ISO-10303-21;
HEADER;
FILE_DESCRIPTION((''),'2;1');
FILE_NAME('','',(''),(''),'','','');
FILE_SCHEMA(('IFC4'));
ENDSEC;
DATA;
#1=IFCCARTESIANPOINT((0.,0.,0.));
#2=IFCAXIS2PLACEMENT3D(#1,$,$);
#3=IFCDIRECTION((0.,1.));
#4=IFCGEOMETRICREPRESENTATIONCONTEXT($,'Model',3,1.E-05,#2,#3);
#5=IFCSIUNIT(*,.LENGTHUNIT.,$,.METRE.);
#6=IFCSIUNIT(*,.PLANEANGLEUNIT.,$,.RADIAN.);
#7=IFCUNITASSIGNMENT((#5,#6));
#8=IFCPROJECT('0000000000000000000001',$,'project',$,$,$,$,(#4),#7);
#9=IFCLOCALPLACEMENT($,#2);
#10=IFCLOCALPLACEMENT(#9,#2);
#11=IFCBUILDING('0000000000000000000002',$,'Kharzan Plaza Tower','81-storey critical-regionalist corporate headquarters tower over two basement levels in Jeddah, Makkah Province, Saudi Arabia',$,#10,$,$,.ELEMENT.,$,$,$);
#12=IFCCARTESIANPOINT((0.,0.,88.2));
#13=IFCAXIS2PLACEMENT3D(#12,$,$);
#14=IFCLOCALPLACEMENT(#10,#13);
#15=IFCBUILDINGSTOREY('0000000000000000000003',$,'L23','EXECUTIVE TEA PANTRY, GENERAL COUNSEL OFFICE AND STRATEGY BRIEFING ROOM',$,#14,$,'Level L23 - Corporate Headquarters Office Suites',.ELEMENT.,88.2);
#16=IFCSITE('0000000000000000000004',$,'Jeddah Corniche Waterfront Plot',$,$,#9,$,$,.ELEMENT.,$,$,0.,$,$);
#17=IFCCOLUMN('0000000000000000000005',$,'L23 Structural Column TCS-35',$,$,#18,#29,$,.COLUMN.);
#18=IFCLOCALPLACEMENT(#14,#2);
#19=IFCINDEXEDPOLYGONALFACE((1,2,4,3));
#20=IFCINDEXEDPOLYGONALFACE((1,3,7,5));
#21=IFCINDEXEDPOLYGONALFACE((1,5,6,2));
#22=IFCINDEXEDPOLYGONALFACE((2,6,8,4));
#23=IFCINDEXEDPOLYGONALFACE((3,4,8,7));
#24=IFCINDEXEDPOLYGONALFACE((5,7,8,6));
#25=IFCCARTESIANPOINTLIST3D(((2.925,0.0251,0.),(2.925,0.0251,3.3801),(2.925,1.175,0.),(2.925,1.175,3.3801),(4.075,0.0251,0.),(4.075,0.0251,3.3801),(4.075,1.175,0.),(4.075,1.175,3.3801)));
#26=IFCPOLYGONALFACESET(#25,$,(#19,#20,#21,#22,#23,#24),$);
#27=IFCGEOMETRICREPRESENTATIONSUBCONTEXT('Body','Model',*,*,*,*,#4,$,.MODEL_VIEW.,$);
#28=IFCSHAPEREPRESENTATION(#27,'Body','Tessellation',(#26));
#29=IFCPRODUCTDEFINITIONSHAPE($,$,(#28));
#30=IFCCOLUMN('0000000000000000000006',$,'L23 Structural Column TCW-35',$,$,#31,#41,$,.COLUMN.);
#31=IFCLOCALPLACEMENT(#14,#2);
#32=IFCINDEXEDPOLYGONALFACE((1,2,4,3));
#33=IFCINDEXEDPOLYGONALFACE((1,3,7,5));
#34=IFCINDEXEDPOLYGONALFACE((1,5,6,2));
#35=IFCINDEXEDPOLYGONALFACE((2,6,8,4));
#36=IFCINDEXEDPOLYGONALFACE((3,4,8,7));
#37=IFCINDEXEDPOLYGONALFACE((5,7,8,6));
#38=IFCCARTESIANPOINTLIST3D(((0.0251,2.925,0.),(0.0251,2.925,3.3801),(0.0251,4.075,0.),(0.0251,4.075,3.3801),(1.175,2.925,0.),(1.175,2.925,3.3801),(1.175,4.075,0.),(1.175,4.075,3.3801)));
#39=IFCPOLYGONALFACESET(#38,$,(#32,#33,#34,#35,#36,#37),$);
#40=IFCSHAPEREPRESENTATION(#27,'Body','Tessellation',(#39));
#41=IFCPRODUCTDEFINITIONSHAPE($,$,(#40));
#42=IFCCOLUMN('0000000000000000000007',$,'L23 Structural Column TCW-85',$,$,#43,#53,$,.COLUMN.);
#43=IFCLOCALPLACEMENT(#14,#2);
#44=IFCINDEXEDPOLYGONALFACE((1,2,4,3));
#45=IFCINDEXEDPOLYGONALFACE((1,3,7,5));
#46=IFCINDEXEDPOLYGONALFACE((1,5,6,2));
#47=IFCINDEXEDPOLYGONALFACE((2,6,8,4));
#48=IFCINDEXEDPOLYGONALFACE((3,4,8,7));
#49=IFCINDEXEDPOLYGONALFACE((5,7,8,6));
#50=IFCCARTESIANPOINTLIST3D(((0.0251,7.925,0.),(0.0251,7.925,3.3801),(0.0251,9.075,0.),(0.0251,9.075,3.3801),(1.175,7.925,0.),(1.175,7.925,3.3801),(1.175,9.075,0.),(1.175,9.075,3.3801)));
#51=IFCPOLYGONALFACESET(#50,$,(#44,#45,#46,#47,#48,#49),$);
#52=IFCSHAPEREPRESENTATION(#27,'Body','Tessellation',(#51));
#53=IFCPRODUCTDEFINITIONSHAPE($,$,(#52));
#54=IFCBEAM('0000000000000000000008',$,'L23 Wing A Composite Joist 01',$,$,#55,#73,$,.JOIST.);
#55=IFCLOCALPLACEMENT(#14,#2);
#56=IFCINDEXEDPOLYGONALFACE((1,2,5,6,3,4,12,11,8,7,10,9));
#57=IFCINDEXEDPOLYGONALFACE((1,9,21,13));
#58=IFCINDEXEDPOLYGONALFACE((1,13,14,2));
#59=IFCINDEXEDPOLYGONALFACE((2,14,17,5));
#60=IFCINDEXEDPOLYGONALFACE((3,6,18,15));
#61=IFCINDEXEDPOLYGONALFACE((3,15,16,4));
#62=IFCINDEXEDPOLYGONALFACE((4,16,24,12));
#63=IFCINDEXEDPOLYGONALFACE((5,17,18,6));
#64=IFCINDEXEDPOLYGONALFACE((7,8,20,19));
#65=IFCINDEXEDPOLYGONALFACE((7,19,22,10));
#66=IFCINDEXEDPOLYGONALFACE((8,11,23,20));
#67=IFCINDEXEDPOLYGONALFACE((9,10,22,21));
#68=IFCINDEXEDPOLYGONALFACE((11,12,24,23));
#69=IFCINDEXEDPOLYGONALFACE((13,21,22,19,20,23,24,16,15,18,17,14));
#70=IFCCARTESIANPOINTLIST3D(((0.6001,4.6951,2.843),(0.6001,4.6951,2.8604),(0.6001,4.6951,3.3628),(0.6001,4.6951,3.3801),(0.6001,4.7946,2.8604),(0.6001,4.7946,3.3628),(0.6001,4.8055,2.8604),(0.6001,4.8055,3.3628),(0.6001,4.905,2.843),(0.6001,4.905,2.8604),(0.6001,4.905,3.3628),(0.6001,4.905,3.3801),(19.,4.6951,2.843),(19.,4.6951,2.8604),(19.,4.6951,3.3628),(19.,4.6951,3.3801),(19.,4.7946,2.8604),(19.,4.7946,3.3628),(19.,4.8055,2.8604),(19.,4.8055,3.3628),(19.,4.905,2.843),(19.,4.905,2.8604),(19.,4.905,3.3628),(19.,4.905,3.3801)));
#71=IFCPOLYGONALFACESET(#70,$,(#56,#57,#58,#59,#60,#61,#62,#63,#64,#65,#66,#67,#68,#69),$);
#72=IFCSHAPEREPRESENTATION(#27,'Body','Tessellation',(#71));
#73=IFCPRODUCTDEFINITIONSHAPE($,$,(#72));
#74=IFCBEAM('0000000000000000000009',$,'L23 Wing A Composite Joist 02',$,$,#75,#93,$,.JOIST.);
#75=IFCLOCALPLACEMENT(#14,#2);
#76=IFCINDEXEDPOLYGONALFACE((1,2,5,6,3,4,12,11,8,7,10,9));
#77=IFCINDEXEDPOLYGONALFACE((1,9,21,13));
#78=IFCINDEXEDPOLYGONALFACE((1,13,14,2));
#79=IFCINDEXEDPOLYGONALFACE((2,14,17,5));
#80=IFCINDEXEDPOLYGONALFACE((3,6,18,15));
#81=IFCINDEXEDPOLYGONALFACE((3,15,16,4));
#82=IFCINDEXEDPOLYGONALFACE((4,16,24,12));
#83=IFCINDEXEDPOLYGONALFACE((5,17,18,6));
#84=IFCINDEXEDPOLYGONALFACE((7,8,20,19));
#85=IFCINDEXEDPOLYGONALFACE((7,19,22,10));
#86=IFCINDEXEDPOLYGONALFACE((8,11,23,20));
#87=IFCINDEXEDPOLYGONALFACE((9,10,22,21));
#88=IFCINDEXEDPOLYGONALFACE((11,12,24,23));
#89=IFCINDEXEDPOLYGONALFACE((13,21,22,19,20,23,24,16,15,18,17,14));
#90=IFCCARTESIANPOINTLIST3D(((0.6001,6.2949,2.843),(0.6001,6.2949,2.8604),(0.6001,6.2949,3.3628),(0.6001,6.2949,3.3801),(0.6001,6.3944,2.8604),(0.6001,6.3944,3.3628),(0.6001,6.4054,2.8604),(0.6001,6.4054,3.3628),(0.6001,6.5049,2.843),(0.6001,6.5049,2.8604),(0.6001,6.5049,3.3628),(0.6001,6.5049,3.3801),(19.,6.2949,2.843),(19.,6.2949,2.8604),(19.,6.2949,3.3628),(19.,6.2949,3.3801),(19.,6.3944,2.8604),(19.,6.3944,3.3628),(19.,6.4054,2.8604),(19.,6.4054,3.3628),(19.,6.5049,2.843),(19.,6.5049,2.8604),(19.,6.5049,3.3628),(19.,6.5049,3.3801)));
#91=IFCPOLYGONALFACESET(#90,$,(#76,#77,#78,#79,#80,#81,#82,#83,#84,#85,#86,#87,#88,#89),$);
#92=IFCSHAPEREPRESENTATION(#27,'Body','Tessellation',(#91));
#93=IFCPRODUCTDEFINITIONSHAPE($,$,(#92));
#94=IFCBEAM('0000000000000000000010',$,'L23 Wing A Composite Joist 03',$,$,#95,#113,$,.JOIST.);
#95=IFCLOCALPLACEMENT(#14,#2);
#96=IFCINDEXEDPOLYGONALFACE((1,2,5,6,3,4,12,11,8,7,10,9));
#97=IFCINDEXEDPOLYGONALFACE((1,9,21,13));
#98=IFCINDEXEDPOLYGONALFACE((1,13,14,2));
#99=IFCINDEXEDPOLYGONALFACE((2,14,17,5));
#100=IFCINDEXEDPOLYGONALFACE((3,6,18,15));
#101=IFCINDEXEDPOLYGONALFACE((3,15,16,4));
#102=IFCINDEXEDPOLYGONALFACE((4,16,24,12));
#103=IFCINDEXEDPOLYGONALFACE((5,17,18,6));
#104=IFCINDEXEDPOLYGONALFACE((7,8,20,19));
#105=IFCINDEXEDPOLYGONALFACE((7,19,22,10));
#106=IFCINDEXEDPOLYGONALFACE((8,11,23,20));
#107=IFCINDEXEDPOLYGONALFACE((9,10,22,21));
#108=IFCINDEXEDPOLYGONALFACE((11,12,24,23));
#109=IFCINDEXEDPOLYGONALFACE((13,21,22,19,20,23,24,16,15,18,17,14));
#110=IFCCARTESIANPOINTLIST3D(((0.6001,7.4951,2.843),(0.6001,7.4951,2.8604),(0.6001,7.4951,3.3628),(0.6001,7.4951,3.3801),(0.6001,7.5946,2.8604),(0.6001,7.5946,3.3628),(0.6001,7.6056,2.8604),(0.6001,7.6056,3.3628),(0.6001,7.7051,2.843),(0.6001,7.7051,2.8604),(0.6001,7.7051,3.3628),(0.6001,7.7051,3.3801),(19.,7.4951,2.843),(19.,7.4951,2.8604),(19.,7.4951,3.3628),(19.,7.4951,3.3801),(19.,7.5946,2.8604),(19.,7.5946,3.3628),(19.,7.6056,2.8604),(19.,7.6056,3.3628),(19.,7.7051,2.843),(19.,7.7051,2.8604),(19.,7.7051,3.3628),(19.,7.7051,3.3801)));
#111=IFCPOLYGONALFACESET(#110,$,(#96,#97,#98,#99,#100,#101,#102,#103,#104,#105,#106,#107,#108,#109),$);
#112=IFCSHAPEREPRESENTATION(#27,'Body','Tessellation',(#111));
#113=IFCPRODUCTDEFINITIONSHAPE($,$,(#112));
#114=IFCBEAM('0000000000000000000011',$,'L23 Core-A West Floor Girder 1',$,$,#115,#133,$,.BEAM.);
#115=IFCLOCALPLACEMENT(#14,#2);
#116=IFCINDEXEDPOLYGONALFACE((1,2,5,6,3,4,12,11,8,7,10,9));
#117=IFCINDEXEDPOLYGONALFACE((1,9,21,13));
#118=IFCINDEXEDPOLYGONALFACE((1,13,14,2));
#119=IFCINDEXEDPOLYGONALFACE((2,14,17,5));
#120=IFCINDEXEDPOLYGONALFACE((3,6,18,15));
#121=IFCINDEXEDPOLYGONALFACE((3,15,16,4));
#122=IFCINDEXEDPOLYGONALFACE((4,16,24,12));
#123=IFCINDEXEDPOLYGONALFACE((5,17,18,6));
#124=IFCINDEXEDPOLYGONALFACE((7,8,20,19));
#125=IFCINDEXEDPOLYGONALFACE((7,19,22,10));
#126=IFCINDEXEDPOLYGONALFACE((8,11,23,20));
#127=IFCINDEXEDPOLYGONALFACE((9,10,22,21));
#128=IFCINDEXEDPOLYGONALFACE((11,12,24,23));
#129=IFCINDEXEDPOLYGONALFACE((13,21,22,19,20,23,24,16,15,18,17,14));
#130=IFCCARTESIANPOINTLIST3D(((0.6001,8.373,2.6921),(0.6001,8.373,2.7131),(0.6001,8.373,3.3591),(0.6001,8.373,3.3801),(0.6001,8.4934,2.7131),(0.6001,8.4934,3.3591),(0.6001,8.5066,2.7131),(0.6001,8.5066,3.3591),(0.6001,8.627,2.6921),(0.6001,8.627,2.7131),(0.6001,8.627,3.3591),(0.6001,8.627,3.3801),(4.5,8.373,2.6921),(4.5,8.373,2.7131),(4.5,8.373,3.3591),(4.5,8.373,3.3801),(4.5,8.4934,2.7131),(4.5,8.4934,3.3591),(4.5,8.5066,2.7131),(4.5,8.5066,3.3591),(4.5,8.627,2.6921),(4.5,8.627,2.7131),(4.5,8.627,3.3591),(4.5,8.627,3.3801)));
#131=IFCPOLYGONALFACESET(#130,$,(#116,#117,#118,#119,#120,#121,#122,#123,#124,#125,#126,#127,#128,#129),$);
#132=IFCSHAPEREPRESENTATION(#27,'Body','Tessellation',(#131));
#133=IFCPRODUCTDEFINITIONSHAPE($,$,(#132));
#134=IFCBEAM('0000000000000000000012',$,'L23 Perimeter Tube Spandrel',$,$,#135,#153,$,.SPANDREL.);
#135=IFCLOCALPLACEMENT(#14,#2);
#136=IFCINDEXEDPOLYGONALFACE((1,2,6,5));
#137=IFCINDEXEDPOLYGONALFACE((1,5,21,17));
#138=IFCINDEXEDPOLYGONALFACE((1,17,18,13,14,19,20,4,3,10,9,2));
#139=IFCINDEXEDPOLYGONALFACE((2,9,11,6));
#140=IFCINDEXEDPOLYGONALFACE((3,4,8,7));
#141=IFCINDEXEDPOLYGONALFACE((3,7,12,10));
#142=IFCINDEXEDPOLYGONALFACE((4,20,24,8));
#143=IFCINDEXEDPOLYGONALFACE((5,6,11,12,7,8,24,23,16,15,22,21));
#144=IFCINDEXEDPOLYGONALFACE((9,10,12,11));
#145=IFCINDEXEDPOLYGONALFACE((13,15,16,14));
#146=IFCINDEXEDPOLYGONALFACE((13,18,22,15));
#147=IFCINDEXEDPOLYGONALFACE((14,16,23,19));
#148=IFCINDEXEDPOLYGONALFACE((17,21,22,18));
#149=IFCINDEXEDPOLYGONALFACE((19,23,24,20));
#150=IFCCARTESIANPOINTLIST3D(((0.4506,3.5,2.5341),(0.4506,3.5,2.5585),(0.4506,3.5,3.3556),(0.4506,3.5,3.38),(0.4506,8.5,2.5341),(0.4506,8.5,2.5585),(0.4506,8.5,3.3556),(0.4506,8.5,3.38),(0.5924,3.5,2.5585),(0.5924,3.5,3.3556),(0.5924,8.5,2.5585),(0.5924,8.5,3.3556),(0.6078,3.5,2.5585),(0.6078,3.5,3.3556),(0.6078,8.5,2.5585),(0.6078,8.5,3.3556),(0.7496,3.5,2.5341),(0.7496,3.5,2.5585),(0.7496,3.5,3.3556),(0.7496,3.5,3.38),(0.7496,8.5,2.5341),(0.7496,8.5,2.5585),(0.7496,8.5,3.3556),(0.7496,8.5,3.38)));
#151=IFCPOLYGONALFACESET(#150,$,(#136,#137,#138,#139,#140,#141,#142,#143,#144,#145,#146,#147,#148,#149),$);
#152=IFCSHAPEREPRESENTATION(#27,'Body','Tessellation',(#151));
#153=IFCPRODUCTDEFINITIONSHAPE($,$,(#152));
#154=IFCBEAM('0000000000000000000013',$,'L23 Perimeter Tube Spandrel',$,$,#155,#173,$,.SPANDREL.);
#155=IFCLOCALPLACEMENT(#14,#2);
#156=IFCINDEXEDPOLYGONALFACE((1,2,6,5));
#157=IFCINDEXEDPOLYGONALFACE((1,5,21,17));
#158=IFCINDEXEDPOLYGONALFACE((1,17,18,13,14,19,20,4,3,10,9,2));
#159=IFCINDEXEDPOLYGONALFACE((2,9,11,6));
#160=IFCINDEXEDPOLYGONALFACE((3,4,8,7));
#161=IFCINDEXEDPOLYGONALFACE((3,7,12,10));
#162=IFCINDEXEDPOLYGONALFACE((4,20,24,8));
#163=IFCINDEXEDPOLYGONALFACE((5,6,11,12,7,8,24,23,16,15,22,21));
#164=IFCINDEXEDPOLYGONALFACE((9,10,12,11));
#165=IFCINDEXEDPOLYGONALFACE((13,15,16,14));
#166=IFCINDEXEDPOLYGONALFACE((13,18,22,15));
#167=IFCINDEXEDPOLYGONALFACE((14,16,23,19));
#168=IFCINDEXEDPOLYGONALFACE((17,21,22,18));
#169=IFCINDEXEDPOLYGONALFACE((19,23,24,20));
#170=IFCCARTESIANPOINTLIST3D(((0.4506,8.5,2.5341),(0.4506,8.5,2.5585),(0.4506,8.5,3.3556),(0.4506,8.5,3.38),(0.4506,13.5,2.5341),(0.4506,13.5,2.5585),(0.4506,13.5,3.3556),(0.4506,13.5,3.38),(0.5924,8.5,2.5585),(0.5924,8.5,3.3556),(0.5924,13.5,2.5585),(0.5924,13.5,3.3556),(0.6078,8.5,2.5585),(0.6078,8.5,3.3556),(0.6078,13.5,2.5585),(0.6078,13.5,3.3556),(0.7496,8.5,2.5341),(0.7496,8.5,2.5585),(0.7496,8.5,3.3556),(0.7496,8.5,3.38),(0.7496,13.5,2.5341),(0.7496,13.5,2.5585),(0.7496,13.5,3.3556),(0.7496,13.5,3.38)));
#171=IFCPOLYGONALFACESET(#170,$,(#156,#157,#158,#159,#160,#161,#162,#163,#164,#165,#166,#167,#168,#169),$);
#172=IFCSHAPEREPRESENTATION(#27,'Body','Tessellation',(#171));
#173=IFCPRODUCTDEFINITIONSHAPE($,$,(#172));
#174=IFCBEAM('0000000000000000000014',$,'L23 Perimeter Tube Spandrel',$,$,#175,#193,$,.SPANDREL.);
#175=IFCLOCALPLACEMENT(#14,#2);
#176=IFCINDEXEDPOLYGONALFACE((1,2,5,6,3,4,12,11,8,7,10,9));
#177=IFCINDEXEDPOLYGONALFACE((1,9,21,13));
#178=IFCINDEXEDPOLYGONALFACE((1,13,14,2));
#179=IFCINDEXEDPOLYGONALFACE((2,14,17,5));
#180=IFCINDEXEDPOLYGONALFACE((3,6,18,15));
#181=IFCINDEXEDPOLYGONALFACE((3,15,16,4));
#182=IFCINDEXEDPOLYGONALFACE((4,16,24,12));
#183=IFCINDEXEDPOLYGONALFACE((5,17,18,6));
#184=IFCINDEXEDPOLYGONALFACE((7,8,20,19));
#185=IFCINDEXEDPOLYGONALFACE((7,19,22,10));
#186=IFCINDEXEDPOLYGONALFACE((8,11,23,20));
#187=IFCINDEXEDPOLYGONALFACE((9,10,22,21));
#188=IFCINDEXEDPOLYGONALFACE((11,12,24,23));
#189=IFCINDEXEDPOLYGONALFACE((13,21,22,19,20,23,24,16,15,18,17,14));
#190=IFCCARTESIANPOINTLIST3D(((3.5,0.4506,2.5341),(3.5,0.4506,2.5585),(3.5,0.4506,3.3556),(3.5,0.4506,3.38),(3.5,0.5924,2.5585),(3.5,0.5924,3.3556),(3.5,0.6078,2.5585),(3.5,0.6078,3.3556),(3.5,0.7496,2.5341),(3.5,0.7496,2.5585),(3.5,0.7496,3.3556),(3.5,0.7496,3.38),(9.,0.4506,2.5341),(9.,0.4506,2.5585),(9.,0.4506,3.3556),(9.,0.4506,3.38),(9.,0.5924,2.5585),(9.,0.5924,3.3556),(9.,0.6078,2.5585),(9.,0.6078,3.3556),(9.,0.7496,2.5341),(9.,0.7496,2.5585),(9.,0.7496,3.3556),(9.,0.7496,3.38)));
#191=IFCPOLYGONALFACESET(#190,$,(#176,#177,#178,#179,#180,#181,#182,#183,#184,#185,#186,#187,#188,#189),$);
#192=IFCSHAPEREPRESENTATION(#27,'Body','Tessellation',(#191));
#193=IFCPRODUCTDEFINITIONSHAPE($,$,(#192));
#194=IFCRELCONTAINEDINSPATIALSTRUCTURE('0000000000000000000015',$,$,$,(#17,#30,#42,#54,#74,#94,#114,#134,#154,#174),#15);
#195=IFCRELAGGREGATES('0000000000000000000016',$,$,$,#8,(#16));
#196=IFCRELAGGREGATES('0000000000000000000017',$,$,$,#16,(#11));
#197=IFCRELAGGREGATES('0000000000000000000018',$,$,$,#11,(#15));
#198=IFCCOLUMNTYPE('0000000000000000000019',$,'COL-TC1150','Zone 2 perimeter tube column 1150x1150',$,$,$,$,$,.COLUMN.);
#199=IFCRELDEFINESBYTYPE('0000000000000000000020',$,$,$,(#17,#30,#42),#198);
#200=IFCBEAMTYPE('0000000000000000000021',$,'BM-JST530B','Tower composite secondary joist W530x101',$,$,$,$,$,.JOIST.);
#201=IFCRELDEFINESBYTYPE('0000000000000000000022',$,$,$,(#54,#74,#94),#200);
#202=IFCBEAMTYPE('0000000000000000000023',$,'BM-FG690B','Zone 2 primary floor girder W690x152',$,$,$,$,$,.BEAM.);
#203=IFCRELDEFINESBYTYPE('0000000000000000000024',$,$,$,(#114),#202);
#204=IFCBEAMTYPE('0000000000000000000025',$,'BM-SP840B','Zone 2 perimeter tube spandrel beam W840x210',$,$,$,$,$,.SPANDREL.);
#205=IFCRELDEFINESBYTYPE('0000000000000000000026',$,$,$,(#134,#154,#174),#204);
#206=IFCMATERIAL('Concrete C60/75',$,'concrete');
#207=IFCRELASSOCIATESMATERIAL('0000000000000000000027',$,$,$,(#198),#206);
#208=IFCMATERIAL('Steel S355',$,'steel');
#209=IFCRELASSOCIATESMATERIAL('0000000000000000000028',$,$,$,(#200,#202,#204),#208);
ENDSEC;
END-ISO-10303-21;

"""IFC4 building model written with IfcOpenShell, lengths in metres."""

from ifc_helpers import new_model, si_unit, direction, frame, origin, origin_2d, place, context, subcontext, project, spatial, rectangle, i_section, extrude, source, transform, mapped, material, material_profile, profile_set, type_object, element, save


model = new_model("IFC4")

# Units and contexts
model_context = context("Model", 3, precision=1e-05, world=origin(), true_north=direction((0.0, 1.0)))
body_context = subcontext(model_context, "Body", "Model", "MODEL_VIEW")
ifc_project = project(units=[si_unit("LENGTHUNIT", "METRE"), si_unit("PLANEANGLEUNIT", "RADIAN")], contexts=[model_context])

# Site, building, storey
site_placement = place(None, origin())
site = spatial("IfcSite", under=ifc_project, at=site_placement, Name="Jeddah Corniche Waterfront Plot", CompositionType="ELEMENT", RefElevation=0.0)
building_placement = place(site_placement, origin())
building = spatial("IfcBuilding", under=site, at=building_placement, Name="Kharzan Plaza Tower", Description="81-storey critical-regionalist corporate headquarters tower over two basement levels in Jeddah, Makkah Province, Saudi Arabia", CompositionType="ELEMENT")
storey_placement = place(building_placement, frame((0.0, 0.0, 88.2)))
storey = spatial("IfcBuildingStorey", under=building, at=storey_placement, Name="L23", Description="EXECUTIVE TEA PANTRY, GENERAL COUNSEL OFFICE AND STRATEGY BRIEFING ROOM", LongName="Level L23 - Corporate Headquarters Office Suites", CompositionType="ELEMENT", Elevation=88.2)

# Columns
ifc_material_1 = material(Name="Concrete C60/75", Category="concrete")
ifc_material_profile_1 = material_profile(ifc_material_1, rectangle(XDim=1.1499, YDim=1.1499, at=origin_2d()), Name="RC-TC1150x1150")
ifc_profile_set_1 = profile_set([ifc_material_profile_1], Name="Concrete C60/75")
column_type = type_object("IfcColumnType", Name="COL-TC1150", Description="Zone 2 perimeter tube column 1150x1150", PredefinedType="COLUMN", material=ifc_profile_set_1)
shared_shape_1 = source(origin(), body_context, "Body", "SweptSolid", [
    extrude(rectangle(XDim=1.1499, YDim=1.1499, at=origin_2d()), origin(), (0.0, 0.0, 1.0), 3.3801),
])
for number, where, z_axis, x_axis, name in (
    (1, (3.5, 0.6001, 0.0), (0.0, 0.0, 1.0), (1.0, 0.0, 0.0), "L23 Structural Column TCS-35"),
    (2, (0.6001, 3.5, 0.0), (0.0, 0.0, 1.0), (1.0, 0.0, 0.0), "L23 Structural Column TCW-35"),
    (3, (0.6001, 8.5, 0.0), (0.0, 0.0, 1.0), (1.0, 0.0, 0.0), "L23 Structural Column TCW-85"),
):
    element("IfcColumn", number, at=place(storey_placement, frame(where, z_axis=z_axis, x_axis=x_axis)), inside=storey, type_object=column_type, Name=name, PredefinedType="COLUMN", context=body_context, shape_type="MappedRepresentation", body=[
        mapped(shared_shape_1, transform((0.0, 0.0, 0.0), x_axis=(1.0, 0.0, 0.0), y_axis=(0.0, 1.0, 0.0), z_axis=(0.0, 0.0, 1.0))),
    ])

# Beams
ifc_material_2 = material(Name="Steel S355", Category="steel")
ifc_material_profile_2 = material_profile(ifc_material_2, i_section(OverallWidth=0.21, OverallDepth=0.5371, WebThickness=0.011, FlangeThickness=0.0173, at=origin_2d()), Name="W530x101")
ifc_profile_set_2 = profile_set([ifc_material_profile_2], Name="Steel S355")
beam_type_1 = type_object("IfcBeamType", Name="BM-JST530B", Description="Tower composite secondary joist W530x101", PredefinedType="JOIST", material=ifc_profile_set_2)
shared_shape_2 = source(origin(), body_context, "Body", "SweptSolid", [
    extrude(i_section(OverallWidth=0.21, OverallDepth=0.5371, WebThickness=0.011, FlangeThickness=0.0173, at=origin_2d()), origin(), (0.0, 0.0, 1.0), 18.3999),
])
for number, where, z_axis, x_axis, name in (
    (4, (0.6001, 4.8, 3.1116), (1.0, 0.0, 0.0), (0.0, 1.0, 0.0), "L23 Wing A Composite Joist 01"),
    (5, (0.6001, 6.3999, 3.1116), (1.0, 0.0, 0.0), (0.0, 1.0, 0.0), "L23 Wing A Composite Joist 02"),
    (6, (0.6001, 7.6001, 3.1116), (1.0, 0.0, 0.0), (0.0, 1.0, 0.0), "L23 Wing A Composite Joist 03"),
):
    element("IfcBeam", number, at=place(storey_placement, frame(where, z_axis=z_axis, x_axis=x_axis)), inside=storey, type_object=beam_type_1, Name=name, PredefinedType="JOIST", context=body_context, shape_type="MappedRepresentation", body=[
        mapped(shared_shape_2, transform((0.0, 0.0, 0.0), x_axis=(1.0, 0.0, 0.0), y_axis=(0.0, 1.0, 0.0), z_axis=(0.0, 0.0, 1.0))),
    ])
ifc_material_profile_3 = material_profile(ifc_material_2, i_section(OverallWidth=0.2539, OverallDepth=0.688, WebThickness=0.0132, FlangeThickness=0.021, at=origin_2d()), Name="W690x152")
ifc_profile_set_3 = profile_set([ifc_material_profile_3], Name="Steel S355")
beam_type_2 = type_object("IfcBeamType", Name="BM-FG690B", Description="Zone 2 primary floor girder W690x152", PredefinedType="BEAM", material=ifc_profile_set_3)
shared_shape_3 = source(origin(), body_context, "Body", "SweptSolid", [
    extrude(i_section(OverallWidth=0.2539, OverallDepth=0.688, WebThickness=0.0132, FlangeThickness=0.021, at=origin_2d()), origin(), (0.0, 0.0, 1.0), 3.8999),
])
beam_1_placement = place(storey_placement, frame((0.6001, 8.5, 3.0361), z_axis=(1.0, 0.0, 0.0), x_axis=(0.0, 1.0, 0.0)))
element("IfcBeam", 7, at=beam_1_placement, inside=storey, type_object=beam_type_2, Name="L23 Core-A West Floor Girder 1", PredefinedType="BEAM", context=body_context, shape_type="MappedRepresentation", body=[
    mapped(shared_shape_3, transform((0.0, 0.0, 0.0), x_axis=(1.0, 0.0, 0.0), y_axis=(0.0, 1.0, 0.0), z_axis=(0.0, 0.0, 1.0))),
])
ifc_material_profile_4 = material_profile(ifc_material_2, i_section(OverallWidth=0.2991, OverallDepth=0.8459, WebThickness=0.0154, FlangeThickness=0.0244, at=origin_2d()), Name="W840x210")
ifc_profile_set_4 = profile_set([ifc_material_profile_4], Name="Steel S355")
beam_type_3 = type_object("IfcBeamType", Name="BM-SP840B", Description="Zone 2 perimeter tube spandrel beam W840x210", PredefinedType="SPANDREL", material=ifc_profile_set_4)
shared_shape_4 = source(origin(), body_context, "Body", "SweptSolid", [
    extrude(i_section(OverallWidth=0.2991, OverallDepth=0.8459, WebThickness=0.0154, FlangeThickness=0.0244, at=origin_2d()), origin(), (0.0, 0.0, 1.0), 5.0),
])
for number, where, z_axis, x_axis, name in (
    (8, (0.6001, 3.5, 2.957), (0.0, 1.0, 0.0), (-1.0, 0.0, 0.0), "L23 Perimeter Tube Spandrel"),
    (9, (0.6001, 8.5, 2.957), (0.0, 1.0, 0.0), (-1.0, 0.0, 0.0), "L23 Perimeter Tube Spandrel"),
):
    element("IfcBeam", number, at=place(storey_placement, frame(where, z_axis=z_axis, x_axis=x_axis)), inside=storey, type_object=beam_type_3, Name=name, PredefinedType="SPANDREL", context=body_context, shape_type="MappedRepresentation", body=[
        mapped(shared_shape_4, transform((0.0, 0.0, 0.0), x_axis=(1.0, 0.0, 0.0), y_axis=(0.0, 1.0, 0.0), z_axis=(0.0, 0.0, 1.0))),
    ])
shared_shape_5 = source(origin(), body_context, "Body", "SweptSolid", [
    extrude(i_section(OverallWidth=0.2991, OverallDepth=0.8459, WebThickness=0.0154, FlangeThickness=0.0244, at=origin_2d()), origin(), (0.0, 0.0, 1.0), 5.5),
])
beam_2_placement = place(storey_placement, frame((3.5, 0.6001, 2.957), z_axis=(1.0, 0.0, 0.0), x_axis=(0.0, 1.0, 0.0)))
element("IfcBeam", 10, at=beam_2_placement, inside=storey, type_object=beam_type_3, Name="L23 Perimeter Tube Spandrel", PredefinedType="SPANDREL", context=body_context, shape_type="MappedRepresentation", body=[
    mapped(shared_shape_5, transform((0.0, 0.0, 0.0), x_axis=(1.0, 0.0, 0.0), y_axis=(0.0, 1.0, 0.0), z_axis=(0.0, 0.0, 1.0))),
])

save(model, "model.ifc")
